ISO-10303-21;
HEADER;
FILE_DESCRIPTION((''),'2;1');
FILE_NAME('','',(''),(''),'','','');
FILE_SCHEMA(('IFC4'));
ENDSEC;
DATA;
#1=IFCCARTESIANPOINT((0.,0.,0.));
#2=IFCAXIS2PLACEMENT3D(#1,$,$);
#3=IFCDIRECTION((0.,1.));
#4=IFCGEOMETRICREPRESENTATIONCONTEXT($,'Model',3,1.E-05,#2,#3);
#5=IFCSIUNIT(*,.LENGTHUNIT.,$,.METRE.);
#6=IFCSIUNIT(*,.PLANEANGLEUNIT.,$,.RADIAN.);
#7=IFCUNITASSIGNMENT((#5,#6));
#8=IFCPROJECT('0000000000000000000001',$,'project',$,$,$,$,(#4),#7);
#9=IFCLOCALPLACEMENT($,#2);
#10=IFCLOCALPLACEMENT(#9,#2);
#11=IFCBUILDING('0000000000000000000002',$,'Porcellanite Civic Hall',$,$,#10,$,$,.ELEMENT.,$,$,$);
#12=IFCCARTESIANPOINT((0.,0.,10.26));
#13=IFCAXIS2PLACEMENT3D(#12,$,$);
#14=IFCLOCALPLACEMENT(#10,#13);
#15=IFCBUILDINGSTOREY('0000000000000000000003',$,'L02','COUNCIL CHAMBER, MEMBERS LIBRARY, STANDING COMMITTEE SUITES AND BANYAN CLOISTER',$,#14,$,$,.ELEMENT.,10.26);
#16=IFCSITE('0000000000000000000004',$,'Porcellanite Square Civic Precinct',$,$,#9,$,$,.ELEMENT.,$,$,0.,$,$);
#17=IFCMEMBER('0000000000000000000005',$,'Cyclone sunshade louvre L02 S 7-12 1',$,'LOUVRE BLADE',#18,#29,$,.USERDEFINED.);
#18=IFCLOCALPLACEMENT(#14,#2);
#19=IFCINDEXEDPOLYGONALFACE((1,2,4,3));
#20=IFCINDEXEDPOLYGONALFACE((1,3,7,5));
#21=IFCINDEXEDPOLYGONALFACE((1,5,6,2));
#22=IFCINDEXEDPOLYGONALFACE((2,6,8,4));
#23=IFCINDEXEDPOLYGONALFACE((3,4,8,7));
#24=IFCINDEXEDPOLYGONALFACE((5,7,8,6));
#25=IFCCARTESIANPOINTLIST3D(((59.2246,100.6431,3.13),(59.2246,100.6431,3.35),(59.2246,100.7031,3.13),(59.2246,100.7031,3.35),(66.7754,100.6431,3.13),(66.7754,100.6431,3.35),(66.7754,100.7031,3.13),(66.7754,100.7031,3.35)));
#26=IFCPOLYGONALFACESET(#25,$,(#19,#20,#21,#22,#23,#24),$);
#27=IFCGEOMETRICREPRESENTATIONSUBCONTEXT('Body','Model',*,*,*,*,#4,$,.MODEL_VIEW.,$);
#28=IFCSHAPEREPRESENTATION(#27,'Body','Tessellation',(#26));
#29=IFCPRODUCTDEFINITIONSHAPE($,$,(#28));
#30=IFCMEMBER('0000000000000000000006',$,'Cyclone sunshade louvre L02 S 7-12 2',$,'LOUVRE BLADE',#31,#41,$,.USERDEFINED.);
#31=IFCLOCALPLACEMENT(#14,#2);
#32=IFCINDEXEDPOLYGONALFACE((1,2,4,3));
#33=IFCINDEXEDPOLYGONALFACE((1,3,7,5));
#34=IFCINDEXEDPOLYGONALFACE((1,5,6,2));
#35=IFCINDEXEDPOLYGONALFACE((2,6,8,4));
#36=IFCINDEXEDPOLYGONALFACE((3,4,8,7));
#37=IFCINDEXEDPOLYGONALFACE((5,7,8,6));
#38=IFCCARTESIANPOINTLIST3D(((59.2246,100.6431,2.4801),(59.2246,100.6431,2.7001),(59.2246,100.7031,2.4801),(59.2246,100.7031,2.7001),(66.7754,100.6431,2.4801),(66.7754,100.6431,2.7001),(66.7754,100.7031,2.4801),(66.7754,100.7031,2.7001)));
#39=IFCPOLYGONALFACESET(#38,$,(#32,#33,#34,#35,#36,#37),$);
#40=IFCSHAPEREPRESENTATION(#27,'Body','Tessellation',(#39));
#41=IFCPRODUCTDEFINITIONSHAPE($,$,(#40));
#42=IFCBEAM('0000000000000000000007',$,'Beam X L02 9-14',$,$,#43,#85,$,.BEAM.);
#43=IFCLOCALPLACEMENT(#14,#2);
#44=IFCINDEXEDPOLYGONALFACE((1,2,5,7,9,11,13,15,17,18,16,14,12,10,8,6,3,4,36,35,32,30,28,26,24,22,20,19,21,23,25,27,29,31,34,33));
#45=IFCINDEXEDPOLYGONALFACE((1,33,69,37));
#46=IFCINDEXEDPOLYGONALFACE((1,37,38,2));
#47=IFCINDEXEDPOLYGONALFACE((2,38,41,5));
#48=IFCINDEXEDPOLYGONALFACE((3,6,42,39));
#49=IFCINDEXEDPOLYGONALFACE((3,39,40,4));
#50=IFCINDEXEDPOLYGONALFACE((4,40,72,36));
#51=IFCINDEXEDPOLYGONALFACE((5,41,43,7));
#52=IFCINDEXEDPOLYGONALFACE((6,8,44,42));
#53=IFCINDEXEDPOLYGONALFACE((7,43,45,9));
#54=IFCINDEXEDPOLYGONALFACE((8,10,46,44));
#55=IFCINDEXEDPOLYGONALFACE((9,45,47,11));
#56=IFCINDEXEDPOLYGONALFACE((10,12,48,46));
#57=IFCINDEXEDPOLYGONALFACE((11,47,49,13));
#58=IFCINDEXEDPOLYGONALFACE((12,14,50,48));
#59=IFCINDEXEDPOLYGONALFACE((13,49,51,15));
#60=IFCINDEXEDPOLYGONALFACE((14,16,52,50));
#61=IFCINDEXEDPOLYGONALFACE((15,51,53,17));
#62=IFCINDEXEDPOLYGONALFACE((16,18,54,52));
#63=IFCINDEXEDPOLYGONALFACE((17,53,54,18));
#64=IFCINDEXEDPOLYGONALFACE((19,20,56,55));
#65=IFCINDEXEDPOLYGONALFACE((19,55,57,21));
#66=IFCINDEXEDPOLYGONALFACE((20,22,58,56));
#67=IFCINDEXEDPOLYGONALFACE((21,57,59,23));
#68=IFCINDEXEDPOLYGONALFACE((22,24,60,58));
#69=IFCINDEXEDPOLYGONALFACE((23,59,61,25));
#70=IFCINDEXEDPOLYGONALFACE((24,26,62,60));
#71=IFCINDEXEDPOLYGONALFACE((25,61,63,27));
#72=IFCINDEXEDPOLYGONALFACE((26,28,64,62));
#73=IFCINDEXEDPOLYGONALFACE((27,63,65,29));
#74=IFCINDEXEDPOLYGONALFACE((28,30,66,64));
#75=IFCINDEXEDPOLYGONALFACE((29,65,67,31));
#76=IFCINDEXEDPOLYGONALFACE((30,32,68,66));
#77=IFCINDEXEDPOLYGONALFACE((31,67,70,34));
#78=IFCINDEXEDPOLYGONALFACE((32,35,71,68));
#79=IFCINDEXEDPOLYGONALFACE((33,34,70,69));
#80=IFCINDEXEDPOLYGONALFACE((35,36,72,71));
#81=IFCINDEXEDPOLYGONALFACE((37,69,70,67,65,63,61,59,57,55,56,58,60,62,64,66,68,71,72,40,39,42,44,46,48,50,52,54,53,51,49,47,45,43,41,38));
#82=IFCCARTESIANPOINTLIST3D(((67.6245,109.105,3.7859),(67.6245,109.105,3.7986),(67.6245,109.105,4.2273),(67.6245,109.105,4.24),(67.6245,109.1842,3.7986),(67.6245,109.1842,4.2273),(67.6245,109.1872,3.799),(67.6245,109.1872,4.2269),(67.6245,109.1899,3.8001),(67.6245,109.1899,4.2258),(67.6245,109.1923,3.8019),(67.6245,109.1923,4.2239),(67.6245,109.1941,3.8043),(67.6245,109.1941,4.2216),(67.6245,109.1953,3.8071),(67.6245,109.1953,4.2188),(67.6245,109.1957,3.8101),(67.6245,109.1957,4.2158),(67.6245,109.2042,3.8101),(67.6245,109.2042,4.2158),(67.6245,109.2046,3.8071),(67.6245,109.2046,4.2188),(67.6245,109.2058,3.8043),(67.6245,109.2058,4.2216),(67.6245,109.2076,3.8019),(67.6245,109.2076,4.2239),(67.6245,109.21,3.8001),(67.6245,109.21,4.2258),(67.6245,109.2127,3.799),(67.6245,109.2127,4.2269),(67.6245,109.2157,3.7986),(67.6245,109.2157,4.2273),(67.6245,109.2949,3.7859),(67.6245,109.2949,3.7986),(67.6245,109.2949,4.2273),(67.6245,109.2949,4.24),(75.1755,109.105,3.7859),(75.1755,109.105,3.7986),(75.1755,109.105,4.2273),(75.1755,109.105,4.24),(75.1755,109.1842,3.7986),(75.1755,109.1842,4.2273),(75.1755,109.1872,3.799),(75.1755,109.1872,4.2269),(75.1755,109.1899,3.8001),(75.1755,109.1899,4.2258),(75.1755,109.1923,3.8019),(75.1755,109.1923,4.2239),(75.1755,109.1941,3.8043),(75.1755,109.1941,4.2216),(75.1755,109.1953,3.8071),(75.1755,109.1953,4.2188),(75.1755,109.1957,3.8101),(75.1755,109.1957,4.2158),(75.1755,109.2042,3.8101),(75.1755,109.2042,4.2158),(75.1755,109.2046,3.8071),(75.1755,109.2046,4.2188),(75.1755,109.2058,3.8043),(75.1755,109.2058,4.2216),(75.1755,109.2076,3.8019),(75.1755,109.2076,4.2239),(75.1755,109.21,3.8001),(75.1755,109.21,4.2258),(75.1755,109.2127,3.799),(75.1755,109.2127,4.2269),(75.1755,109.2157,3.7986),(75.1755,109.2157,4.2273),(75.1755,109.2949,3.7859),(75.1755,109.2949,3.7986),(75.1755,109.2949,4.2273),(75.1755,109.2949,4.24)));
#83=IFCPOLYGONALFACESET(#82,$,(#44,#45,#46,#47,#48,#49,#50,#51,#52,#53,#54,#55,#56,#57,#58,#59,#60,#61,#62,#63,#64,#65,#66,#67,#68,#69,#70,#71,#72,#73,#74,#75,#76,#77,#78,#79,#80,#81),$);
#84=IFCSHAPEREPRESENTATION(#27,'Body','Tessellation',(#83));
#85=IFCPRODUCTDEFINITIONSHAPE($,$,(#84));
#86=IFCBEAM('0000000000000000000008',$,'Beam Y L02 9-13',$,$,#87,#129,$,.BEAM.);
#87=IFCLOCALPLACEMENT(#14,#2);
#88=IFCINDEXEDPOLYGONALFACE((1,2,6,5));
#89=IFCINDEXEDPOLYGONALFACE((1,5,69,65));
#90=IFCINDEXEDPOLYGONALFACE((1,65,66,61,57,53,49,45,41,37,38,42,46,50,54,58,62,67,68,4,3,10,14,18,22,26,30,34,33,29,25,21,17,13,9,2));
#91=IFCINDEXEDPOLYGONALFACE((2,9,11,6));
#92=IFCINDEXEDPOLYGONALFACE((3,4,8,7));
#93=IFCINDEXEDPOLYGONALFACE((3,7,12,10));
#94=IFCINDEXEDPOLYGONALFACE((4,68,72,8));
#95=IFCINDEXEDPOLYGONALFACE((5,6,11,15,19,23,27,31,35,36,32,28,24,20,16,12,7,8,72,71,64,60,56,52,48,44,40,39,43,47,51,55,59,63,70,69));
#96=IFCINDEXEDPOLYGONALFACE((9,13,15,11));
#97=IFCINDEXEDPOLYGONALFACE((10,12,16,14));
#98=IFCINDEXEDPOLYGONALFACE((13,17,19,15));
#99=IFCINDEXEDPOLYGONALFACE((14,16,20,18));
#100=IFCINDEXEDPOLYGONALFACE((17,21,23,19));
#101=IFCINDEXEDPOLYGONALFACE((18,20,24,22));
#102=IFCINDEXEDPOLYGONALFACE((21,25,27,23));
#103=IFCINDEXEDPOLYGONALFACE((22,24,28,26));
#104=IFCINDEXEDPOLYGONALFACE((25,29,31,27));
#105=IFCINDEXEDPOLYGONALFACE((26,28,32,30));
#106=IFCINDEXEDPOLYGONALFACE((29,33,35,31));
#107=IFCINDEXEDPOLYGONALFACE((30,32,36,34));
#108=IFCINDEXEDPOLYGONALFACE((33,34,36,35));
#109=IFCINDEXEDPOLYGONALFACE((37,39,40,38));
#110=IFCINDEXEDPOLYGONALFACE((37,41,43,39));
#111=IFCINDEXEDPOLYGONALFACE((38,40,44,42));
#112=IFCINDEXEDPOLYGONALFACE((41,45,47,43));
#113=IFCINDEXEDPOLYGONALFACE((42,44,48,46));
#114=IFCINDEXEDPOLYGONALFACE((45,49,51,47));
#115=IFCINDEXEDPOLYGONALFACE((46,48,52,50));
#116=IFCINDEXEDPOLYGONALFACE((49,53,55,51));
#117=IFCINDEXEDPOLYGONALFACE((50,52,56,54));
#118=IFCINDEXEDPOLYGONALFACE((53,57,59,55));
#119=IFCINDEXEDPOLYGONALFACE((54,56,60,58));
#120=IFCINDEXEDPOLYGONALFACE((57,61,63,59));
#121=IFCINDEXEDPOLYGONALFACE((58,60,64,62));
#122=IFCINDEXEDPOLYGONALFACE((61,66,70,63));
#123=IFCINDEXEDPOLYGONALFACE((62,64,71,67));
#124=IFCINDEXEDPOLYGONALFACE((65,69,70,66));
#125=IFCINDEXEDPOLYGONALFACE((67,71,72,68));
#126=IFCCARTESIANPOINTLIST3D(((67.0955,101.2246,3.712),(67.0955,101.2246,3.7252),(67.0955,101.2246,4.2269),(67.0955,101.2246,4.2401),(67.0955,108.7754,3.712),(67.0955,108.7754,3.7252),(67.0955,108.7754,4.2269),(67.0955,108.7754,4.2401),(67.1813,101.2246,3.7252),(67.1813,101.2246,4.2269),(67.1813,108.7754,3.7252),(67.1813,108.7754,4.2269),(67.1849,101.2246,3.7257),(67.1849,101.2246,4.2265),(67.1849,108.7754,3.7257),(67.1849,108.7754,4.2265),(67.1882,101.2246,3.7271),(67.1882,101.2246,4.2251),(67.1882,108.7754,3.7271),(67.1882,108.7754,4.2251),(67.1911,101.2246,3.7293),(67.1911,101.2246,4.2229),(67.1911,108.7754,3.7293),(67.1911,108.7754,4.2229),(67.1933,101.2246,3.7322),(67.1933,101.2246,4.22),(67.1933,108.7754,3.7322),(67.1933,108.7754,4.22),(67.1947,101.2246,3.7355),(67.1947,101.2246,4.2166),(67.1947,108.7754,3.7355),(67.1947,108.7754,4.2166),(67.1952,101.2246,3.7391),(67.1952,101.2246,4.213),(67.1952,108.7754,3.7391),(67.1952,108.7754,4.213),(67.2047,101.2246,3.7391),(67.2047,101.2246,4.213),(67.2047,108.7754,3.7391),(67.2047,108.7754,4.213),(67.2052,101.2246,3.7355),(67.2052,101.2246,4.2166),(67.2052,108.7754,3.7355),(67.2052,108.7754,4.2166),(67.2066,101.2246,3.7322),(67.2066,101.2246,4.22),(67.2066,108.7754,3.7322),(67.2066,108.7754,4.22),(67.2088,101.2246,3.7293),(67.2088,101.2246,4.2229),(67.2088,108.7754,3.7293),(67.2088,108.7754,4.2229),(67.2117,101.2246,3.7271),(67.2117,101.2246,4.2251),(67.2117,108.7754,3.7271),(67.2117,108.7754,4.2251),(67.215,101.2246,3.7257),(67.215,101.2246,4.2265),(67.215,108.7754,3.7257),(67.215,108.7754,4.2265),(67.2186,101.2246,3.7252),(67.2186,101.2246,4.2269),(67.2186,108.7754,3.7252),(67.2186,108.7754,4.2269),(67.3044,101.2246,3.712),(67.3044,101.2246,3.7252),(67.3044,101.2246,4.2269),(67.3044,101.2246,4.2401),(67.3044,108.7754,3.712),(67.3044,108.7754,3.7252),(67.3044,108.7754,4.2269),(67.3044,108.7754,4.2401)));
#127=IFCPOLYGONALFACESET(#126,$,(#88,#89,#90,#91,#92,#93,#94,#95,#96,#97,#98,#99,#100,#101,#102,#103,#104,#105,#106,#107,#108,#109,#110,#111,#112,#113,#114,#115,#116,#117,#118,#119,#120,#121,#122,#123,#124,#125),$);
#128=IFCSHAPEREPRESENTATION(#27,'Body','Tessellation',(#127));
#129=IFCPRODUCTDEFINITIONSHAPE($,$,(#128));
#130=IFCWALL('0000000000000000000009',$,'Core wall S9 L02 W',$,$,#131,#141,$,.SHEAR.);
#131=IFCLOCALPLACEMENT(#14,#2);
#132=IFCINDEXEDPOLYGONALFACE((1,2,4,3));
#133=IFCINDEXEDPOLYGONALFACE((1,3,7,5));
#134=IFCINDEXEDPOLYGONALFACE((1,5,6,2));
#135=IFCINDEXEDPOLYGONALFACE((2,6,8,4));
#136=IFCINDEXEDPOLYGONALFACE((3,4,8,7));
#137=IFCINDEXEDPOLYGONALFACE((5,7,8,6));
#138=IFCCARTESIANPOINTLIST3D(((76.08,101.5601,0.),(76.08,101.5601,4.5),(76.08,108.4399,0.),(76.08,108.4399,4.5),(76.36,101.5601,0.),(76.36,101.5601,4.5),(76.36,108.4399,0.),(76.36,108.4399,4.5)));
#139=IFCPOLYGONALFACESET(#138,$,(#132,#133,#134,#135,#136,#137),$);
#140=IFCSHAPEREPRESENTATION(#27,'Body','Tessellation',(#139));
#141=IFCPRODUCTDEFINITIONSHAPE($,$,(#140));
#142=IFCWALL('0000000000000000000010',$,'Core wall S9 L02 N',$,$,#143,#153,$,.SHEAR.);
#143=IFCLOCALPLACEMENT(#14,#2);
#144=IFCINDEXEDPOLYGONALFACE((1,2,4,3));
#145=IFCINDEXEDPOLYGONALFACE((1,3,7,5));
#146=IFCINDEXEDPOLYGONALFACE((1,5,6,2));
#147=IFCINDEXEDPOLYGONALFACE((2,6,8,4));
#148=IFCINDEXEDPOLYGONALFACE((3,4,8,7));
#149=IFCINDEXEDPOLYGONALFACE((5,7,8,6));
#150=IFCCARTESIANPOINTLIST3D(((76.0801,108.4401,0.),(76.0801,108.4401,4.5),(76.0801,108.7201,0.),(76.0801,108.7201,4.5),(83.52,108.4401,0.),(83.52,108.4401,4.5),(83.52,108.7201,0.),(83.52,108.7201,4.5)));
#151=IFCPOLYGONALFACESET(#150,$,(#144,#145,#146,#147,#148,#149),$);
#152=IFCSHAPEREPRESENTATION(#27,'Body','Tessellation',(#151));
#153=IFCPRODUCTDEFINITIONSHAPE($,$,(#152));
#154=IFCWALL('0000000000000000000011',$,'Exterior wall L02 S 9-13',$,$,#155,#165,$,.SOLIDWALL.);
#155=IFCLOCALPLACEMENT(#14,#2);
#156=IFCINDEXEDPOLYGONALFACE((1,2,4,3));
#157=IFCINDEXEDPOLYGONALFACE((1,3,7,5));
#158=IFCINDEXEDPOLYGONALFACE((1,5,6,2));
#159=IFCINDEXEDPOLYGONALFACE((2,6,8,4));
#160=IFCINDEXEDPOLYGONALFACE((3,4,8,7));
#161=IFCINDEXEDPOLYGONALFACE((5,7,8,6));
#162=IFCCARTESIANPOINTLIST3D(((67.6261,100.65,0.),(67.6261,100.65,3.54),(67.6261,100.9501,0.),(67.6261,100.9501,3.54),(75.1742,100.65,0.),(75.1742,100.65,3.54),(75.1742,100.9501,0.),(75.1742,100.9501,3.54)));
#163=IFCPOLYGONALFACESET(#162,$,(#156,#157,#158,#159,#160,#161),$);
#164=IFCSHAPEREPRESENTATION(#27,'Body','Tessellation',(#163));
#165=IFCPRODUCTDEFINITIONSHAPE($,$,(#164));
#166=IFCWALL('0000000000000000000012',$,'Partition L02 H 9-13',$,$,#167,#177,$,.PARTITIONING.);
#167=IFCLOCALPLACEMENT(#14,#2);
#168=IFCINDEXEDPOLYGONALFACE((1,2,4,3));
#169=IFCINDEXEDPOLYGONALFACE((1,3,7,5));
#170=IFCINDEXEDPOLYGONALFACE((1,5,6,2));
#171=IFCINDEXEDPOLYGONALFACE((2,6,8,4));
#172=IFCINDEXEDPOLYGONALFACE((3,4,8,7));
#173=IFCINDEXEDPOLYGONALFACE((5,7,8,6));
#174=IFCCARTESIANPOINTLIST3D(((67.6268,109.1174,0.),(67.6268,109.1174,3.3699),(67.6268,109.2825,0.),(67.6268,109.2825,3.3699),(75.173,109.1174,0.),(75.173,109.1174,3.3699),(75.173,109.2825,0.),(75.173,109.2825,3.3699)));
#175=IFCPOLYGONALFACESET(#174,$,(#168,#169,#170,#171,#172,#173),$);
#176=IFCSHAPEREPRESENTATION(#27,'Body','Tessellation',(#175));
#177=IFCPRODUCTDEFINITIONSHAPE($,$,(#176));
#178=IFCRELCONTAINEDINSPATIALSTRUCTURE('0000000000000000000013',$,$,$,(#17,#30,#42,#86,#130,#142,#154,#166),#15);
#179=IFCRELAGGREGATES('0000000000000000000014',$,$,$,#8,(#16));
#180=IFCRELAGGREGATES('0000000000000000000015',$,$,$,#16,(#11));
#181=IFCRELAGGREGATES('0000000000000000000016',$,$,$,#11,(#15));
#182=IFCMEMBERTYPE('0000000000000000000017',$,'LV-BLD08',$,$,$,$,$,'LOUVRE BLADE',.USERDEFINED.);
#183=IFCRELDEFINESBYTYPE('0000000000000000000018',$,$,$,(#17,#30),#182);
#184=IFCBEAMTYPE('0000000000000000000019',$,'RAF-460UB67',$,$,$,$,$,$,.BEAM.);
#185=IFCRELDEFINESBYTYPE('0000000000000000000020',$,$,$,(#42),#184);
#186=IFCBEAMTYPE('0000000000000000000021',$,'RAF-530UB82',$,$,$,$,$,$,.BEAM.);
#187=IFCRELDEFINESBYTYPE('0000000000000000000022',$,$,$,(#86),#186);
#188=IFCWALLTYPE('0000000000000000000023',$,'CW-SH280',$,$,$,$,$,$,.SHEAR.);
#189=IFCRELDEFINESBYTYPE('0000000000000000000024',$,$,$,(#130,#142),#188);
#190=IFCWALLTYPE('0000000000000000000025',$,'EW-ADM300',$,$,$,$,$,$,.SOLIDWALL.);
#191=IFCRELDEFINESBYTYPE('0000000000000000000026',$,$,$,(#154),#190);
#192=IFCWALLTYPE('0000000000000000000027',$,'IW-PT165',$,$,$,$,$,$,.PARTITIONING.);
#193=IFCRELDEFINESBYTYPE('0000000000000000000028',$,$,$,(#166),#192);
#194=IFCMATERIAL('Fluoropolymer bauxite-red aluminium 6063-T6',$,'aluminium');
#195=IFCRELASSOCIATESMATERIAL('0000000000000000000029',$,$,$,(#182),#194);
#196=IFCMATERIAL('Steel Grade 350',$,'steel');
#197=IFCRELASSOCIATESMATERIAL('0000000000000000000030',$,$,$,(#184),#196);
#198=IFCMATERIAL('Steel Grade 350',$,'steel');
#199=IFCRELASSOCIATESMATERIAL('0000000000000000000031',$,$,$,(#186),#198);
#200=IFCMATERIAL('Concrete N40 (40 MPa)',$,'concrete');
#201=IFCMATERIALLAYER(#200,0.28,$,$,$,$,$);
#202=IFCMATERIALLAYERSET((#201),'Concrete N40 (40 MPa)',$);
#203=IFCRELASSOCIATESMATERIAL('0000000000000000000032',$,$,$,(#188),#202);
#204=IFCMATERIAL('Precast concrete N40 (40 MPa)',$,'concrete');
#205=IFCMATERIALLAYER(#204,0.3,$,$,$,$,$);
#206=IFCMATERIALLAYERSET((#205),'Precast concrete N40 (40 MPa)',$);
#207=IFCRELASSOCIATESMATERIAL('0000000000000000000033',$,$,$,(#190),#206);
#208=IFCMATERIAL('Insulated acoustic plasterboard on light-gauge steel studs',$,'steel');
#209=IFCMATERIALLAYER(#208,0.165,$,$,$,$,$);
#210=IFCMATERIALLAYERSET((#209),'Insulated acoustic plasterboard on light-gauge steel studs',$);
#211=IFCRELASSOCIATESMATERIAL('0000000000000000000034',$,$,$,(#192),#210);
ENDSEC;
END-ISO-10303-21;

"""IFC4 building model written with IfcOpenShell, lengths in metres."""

from ifc_helpers import new_model, si_unit, direction, frame, frame_2d, origin, origin_2d, place, context, subcontext, project, spatial, rectangle, i_section, extrude, material, layer, layer_set, material_profile, profile_set, type_object, element, save


model = new_model("IFC4")

# Units and contexts
model_context = context("Model", 3, precision=1e-05, world=origin(), true_north=direction((0.0, 1.0)))
body_context = subcontext(model_context, "Body", "Model", "MODEL_VIEW")
ifc_project = project(units=[si_unit("LENGTHUNIT", "METRE"), si_unit("PLANEANGLEUNIT", "RADIAN")], contexts=[model_context])

# Site, building, storey
site_placement = place(None, origin())
site = spatial("IfcSite", under=ifc_project, at=site_placement, Name="Porcellanite Square Civic Precinct", CompositionType="ELEMENT", RefElevation=0.0)
building_placement = place(site_placement, origin())
building = spatial("IfcBuilding", under=site, at=building_placement, Name="Porcellanite Civic Hall", CompositionType="ELEMENT")
storey_placement = place(building_placement, frame((0.0, 0.0, 10.26)))
storey = spatial("IfcBuildingStorey", under=building, at=storey_placement, Name="L02", Description="COUNCIL CHAMBER, MEMBERS LIBRARY, STANDING COMMITTEE SUITES AND BANYAN CLOISTER", CompositionType="ELEMENT", Elevation=10.26)

# Members
ifc_material_1 = material(Name="Fluoropolymer bauxite-red aluminium 6063-T6", Category="aluminium")
ifc_material_profile_1 = material_profile(ifc_material_1, rectangle(XDim=0.0601, YDim=0.22, at=origin_2d()), Name="AL-60x220")
ifc_profile_set_1 = profile_set([ifc_material_profile_1], Name="Fluoropolymer bauxite-red aluminium 6063-T6")
member_type_1 = type_object("IfcMemberType", Name="LV-BLD08", ElementType="LOUVRE BLADE", PredefinedType="USERDEFINED", material=ifc_profile_set_1)
for number, where, z_axis, x_axis, name in (
    (1, (66.7754, 100.6731, 3.24), (-1.0, 0.0, 0.0), (0.0, -1.0, 0.0), "Cyclone sunshade louvre L02 S 7-12 1"),
    (2, (66.7754, 100.6731, 2.5901), (-1.0, 0.0, 0.0), (0.0, -1.0, 0.0), "Cyclone sunshade louvre L02 S 7-12 2"),
):
    element("IfcMember", number, at=place(storey_placement, frame(where, z_axis=z_axis, x_axis=x_axis)), inside=storey, type_object=member_type_1, Name=name, ObjectType="LOUVRE BLADE", PredefinedType="USERDEFINED", context=body_context, shape_type="SweptSolid", body=[
        extrude(rectangle(XDim=0.0601, YDim=0.22, at=origin_2d()), origin(), (0.0, 0.0, 1.0), 7.5508),
    ])

# Beams
ifc_material_2 = material(Name="Steel Grade 350", Category="steel")
ifc_material_profile_2 = material_profile(ifc_material_2, i_section(OverallWidth=0.1899, OverallDepth=0.4541, WebThickness=0.0085, FlangeThickness=0.0127, FilletRadius=0.0115, at=origin_2d()), Name="460UB67.1")
ifc_profile_set_2 = profile_set([ifc_material_profile_2], Name="Steel Grade 350")
beam_type_1 = type_object("IfcBeamType", Name="RAF-460UB67", PredefinedType="BEAM", material=ifc_profile_set_2)
beam_1_placement = place(storey_placement, frame((67.6245, 109.2, 4.0129), z_axis=(1.0, 0.0, 0.0), x_axis=(0.0, 1.0, 0.0)))
element("IfcBeam", 3, at=beam_1_placement, inside=storey, type_object=beam_type_1, Name="Beam X L02 9-14", PredefinedType="BEAM", context=body_context, shape_type="SweptSolid", body=[
    extrude(i_section(OverallWidth=0.1899, OverallDepth=0.4541, WebThickness=0.0085, FlangeThickness=0.0127, FilletRadius=0.0115, at=origin_2d()), origin(), (0.0, 0.0, 1.0), 7.551),
])
ifc_material_3 = material(Name="Steel Grade 350", Category="steel")
ifc_material_profile_3 = material_profile(ifc_material_3, i_section(OverallWidth=0.209, OverallDepth=0.5281, WebThickness=0.0095, FlangeThickness=0.0132, FilletRadius=0.0139, at=origin_2d()), Name="530UB82.0")
ifc_profile_set_3 = profile_set([ifc_material_profile_3], Name="Steel Grade 350")
beam_type_2 = type_object("IfcBeamType", Name="RAF-530UB82", PredefinedType="BEAM", material=ifc_profile_set_3)
beam_2_placement = place(storey_placement, frame((67.2, 101.2246, 3.9761), z_axis=(0.0, 1.0, 0.0), x_axis=(-1.0, 0.0, 0.0)))
element("IfcBeam", 4, at=beam_2_placement, inside=storey, type_object=beam_type_2, Name="Beam Y L02 9-13", PredefinedType="BEAM", context=body_context, shape_type="SweptSolid", body=[
    extrude(i_section(OverallWidth=0.209, OverallDepth=0.5281, WebThickness=0.0095, FlangeThickness=0.0132, FilletRadius=0.0139, at=origin_2d()), origin(), (0.0, 0.0, 1.0), 7.5508),
])

# Walls
ifc_material_4 = material(Name="Concrete N40 (40 MPa)", Category="concrete")
ifc_layer_1 = layer(ifc_material_4, 0.28)
ifc_layer_set_1 = layer_set([ifc_layer_1], Name="Concrete N40 (40 MPa)")
wall_type_1 = type_object("IfcWallType", Name="CW-SH280", PredefinedType="SHEAR", material=ifc_layer_set_1)
wall_1_placement = place(storey_placement, frame((76.22, 101.5601, 0.0), z_axis=(0.0, 0.0, 1.0), x_axis=(0.0, 1.0, 0.0)))
element("IfcWall", 5, at=wall_1_placement, inside=storey, type_object=wall_type_1, Name="Core wall S9 L02 W", PredefinedType="SHEAR", context=body_context, shape_type="SweptSolid", body=[
    extrude(rectangle(XDim=6.8799, YDim=0.28, at=frame_2d((3.4399, 0.0))), origin(), (0.0, 0.0, 1.0), 4.5),
])
wall_2_placement = place(storey_placement, frame((76.0801, 108.5801, 0.0), z_axis=(0.0, 0.0, 1.0), x_axis=(1.0, 0.0, 0.0)))
element("IfcWall", 6, at=wall_2_placement, inside=storey, type_object=wall_type_1, Name="Core wall S9 L02 N", PredefinedType="SHEAR", context=body_context, shape_type="SweptSolid", body=[
    extrude(rectangle(XDim=7.4399, YDim=0.28, at=frame_2d((3.72, 0.0))), origin(), (0.0, 0.0, 1.0), 4.5),
])
ifc_material_5 = material(Name="Precast concrete N40 (40 MPa)", Category="concrete")
ifc_layer_2 = layer(ifc_material_5, 0.3)
ifc_layer_set_2 = layer_set([ifc_layer_2], Name="Precast concrete N40 (40 MPa)")
wall_type_2 = type_object("IfcWallType", Name="EW-ADM300", PredefinedType="SOLIDWALL", material=ifc_layer_set_2)
wall_3_placement = place(storey_placement, frame((75.1741, 100.8, 0.0), z_axis=(0.0, 0.0, 1.0), x_axis=(-1.0, 0.0, 0.0)))
element("IfcWall", 7, at=wall_3_placement, inside=storey, type_object=wall_type_2, Name="Exterior wall L02 S 9-13", PredefinedType="SOLIDWALL", context=body_context, shape_type="SweptSolid", body=[
    extrude(rectangle(XDim=7.5481, YDim=0.3, at=frame_2d((3.7739, 0.0))), origin(), (0.0, 0.0, 1.0), 3.54),
])
ifc_material_6 = material(Name="Insulated acoustic plasterboard on light-gauge steel studs", Category="steel")
ifc_layer_3 = layer(ifc_material_6, 0.165)
ifc_layer_set_3 = layer_set([ifc_layer_3], Name="Insulated acoustic plasterboard on light-gauge steel studs")
wall_type_3 = type_object("IfcWallType", Name="IW-PT165", PredefinedType="PARTITIONING", material=ifc_layer_set_3)
wall_4_placement = place(storey_placement, frame((67.627, 109.2, 0.0), z_axis=(0.0, 0.0, 1.0), x_axis=(1.0, 0.0, 0.0)))
element("IfcWall", 8, at=wall_4_placement, inside=storey, type_object=wall_type_3, Name="Partition L02 H 9-13", PredefinedType="PARTITIONING", context=body_context, shape_type="SweptSolid", body=[
    extrude(rectangle(XDim=7.5461, YDim=0.165, at=frame_2d((3.7729, 0.0))), origin(), (0.0, 0.0, 1.0), 3.3699),
])

save(model, "model.ifc")
